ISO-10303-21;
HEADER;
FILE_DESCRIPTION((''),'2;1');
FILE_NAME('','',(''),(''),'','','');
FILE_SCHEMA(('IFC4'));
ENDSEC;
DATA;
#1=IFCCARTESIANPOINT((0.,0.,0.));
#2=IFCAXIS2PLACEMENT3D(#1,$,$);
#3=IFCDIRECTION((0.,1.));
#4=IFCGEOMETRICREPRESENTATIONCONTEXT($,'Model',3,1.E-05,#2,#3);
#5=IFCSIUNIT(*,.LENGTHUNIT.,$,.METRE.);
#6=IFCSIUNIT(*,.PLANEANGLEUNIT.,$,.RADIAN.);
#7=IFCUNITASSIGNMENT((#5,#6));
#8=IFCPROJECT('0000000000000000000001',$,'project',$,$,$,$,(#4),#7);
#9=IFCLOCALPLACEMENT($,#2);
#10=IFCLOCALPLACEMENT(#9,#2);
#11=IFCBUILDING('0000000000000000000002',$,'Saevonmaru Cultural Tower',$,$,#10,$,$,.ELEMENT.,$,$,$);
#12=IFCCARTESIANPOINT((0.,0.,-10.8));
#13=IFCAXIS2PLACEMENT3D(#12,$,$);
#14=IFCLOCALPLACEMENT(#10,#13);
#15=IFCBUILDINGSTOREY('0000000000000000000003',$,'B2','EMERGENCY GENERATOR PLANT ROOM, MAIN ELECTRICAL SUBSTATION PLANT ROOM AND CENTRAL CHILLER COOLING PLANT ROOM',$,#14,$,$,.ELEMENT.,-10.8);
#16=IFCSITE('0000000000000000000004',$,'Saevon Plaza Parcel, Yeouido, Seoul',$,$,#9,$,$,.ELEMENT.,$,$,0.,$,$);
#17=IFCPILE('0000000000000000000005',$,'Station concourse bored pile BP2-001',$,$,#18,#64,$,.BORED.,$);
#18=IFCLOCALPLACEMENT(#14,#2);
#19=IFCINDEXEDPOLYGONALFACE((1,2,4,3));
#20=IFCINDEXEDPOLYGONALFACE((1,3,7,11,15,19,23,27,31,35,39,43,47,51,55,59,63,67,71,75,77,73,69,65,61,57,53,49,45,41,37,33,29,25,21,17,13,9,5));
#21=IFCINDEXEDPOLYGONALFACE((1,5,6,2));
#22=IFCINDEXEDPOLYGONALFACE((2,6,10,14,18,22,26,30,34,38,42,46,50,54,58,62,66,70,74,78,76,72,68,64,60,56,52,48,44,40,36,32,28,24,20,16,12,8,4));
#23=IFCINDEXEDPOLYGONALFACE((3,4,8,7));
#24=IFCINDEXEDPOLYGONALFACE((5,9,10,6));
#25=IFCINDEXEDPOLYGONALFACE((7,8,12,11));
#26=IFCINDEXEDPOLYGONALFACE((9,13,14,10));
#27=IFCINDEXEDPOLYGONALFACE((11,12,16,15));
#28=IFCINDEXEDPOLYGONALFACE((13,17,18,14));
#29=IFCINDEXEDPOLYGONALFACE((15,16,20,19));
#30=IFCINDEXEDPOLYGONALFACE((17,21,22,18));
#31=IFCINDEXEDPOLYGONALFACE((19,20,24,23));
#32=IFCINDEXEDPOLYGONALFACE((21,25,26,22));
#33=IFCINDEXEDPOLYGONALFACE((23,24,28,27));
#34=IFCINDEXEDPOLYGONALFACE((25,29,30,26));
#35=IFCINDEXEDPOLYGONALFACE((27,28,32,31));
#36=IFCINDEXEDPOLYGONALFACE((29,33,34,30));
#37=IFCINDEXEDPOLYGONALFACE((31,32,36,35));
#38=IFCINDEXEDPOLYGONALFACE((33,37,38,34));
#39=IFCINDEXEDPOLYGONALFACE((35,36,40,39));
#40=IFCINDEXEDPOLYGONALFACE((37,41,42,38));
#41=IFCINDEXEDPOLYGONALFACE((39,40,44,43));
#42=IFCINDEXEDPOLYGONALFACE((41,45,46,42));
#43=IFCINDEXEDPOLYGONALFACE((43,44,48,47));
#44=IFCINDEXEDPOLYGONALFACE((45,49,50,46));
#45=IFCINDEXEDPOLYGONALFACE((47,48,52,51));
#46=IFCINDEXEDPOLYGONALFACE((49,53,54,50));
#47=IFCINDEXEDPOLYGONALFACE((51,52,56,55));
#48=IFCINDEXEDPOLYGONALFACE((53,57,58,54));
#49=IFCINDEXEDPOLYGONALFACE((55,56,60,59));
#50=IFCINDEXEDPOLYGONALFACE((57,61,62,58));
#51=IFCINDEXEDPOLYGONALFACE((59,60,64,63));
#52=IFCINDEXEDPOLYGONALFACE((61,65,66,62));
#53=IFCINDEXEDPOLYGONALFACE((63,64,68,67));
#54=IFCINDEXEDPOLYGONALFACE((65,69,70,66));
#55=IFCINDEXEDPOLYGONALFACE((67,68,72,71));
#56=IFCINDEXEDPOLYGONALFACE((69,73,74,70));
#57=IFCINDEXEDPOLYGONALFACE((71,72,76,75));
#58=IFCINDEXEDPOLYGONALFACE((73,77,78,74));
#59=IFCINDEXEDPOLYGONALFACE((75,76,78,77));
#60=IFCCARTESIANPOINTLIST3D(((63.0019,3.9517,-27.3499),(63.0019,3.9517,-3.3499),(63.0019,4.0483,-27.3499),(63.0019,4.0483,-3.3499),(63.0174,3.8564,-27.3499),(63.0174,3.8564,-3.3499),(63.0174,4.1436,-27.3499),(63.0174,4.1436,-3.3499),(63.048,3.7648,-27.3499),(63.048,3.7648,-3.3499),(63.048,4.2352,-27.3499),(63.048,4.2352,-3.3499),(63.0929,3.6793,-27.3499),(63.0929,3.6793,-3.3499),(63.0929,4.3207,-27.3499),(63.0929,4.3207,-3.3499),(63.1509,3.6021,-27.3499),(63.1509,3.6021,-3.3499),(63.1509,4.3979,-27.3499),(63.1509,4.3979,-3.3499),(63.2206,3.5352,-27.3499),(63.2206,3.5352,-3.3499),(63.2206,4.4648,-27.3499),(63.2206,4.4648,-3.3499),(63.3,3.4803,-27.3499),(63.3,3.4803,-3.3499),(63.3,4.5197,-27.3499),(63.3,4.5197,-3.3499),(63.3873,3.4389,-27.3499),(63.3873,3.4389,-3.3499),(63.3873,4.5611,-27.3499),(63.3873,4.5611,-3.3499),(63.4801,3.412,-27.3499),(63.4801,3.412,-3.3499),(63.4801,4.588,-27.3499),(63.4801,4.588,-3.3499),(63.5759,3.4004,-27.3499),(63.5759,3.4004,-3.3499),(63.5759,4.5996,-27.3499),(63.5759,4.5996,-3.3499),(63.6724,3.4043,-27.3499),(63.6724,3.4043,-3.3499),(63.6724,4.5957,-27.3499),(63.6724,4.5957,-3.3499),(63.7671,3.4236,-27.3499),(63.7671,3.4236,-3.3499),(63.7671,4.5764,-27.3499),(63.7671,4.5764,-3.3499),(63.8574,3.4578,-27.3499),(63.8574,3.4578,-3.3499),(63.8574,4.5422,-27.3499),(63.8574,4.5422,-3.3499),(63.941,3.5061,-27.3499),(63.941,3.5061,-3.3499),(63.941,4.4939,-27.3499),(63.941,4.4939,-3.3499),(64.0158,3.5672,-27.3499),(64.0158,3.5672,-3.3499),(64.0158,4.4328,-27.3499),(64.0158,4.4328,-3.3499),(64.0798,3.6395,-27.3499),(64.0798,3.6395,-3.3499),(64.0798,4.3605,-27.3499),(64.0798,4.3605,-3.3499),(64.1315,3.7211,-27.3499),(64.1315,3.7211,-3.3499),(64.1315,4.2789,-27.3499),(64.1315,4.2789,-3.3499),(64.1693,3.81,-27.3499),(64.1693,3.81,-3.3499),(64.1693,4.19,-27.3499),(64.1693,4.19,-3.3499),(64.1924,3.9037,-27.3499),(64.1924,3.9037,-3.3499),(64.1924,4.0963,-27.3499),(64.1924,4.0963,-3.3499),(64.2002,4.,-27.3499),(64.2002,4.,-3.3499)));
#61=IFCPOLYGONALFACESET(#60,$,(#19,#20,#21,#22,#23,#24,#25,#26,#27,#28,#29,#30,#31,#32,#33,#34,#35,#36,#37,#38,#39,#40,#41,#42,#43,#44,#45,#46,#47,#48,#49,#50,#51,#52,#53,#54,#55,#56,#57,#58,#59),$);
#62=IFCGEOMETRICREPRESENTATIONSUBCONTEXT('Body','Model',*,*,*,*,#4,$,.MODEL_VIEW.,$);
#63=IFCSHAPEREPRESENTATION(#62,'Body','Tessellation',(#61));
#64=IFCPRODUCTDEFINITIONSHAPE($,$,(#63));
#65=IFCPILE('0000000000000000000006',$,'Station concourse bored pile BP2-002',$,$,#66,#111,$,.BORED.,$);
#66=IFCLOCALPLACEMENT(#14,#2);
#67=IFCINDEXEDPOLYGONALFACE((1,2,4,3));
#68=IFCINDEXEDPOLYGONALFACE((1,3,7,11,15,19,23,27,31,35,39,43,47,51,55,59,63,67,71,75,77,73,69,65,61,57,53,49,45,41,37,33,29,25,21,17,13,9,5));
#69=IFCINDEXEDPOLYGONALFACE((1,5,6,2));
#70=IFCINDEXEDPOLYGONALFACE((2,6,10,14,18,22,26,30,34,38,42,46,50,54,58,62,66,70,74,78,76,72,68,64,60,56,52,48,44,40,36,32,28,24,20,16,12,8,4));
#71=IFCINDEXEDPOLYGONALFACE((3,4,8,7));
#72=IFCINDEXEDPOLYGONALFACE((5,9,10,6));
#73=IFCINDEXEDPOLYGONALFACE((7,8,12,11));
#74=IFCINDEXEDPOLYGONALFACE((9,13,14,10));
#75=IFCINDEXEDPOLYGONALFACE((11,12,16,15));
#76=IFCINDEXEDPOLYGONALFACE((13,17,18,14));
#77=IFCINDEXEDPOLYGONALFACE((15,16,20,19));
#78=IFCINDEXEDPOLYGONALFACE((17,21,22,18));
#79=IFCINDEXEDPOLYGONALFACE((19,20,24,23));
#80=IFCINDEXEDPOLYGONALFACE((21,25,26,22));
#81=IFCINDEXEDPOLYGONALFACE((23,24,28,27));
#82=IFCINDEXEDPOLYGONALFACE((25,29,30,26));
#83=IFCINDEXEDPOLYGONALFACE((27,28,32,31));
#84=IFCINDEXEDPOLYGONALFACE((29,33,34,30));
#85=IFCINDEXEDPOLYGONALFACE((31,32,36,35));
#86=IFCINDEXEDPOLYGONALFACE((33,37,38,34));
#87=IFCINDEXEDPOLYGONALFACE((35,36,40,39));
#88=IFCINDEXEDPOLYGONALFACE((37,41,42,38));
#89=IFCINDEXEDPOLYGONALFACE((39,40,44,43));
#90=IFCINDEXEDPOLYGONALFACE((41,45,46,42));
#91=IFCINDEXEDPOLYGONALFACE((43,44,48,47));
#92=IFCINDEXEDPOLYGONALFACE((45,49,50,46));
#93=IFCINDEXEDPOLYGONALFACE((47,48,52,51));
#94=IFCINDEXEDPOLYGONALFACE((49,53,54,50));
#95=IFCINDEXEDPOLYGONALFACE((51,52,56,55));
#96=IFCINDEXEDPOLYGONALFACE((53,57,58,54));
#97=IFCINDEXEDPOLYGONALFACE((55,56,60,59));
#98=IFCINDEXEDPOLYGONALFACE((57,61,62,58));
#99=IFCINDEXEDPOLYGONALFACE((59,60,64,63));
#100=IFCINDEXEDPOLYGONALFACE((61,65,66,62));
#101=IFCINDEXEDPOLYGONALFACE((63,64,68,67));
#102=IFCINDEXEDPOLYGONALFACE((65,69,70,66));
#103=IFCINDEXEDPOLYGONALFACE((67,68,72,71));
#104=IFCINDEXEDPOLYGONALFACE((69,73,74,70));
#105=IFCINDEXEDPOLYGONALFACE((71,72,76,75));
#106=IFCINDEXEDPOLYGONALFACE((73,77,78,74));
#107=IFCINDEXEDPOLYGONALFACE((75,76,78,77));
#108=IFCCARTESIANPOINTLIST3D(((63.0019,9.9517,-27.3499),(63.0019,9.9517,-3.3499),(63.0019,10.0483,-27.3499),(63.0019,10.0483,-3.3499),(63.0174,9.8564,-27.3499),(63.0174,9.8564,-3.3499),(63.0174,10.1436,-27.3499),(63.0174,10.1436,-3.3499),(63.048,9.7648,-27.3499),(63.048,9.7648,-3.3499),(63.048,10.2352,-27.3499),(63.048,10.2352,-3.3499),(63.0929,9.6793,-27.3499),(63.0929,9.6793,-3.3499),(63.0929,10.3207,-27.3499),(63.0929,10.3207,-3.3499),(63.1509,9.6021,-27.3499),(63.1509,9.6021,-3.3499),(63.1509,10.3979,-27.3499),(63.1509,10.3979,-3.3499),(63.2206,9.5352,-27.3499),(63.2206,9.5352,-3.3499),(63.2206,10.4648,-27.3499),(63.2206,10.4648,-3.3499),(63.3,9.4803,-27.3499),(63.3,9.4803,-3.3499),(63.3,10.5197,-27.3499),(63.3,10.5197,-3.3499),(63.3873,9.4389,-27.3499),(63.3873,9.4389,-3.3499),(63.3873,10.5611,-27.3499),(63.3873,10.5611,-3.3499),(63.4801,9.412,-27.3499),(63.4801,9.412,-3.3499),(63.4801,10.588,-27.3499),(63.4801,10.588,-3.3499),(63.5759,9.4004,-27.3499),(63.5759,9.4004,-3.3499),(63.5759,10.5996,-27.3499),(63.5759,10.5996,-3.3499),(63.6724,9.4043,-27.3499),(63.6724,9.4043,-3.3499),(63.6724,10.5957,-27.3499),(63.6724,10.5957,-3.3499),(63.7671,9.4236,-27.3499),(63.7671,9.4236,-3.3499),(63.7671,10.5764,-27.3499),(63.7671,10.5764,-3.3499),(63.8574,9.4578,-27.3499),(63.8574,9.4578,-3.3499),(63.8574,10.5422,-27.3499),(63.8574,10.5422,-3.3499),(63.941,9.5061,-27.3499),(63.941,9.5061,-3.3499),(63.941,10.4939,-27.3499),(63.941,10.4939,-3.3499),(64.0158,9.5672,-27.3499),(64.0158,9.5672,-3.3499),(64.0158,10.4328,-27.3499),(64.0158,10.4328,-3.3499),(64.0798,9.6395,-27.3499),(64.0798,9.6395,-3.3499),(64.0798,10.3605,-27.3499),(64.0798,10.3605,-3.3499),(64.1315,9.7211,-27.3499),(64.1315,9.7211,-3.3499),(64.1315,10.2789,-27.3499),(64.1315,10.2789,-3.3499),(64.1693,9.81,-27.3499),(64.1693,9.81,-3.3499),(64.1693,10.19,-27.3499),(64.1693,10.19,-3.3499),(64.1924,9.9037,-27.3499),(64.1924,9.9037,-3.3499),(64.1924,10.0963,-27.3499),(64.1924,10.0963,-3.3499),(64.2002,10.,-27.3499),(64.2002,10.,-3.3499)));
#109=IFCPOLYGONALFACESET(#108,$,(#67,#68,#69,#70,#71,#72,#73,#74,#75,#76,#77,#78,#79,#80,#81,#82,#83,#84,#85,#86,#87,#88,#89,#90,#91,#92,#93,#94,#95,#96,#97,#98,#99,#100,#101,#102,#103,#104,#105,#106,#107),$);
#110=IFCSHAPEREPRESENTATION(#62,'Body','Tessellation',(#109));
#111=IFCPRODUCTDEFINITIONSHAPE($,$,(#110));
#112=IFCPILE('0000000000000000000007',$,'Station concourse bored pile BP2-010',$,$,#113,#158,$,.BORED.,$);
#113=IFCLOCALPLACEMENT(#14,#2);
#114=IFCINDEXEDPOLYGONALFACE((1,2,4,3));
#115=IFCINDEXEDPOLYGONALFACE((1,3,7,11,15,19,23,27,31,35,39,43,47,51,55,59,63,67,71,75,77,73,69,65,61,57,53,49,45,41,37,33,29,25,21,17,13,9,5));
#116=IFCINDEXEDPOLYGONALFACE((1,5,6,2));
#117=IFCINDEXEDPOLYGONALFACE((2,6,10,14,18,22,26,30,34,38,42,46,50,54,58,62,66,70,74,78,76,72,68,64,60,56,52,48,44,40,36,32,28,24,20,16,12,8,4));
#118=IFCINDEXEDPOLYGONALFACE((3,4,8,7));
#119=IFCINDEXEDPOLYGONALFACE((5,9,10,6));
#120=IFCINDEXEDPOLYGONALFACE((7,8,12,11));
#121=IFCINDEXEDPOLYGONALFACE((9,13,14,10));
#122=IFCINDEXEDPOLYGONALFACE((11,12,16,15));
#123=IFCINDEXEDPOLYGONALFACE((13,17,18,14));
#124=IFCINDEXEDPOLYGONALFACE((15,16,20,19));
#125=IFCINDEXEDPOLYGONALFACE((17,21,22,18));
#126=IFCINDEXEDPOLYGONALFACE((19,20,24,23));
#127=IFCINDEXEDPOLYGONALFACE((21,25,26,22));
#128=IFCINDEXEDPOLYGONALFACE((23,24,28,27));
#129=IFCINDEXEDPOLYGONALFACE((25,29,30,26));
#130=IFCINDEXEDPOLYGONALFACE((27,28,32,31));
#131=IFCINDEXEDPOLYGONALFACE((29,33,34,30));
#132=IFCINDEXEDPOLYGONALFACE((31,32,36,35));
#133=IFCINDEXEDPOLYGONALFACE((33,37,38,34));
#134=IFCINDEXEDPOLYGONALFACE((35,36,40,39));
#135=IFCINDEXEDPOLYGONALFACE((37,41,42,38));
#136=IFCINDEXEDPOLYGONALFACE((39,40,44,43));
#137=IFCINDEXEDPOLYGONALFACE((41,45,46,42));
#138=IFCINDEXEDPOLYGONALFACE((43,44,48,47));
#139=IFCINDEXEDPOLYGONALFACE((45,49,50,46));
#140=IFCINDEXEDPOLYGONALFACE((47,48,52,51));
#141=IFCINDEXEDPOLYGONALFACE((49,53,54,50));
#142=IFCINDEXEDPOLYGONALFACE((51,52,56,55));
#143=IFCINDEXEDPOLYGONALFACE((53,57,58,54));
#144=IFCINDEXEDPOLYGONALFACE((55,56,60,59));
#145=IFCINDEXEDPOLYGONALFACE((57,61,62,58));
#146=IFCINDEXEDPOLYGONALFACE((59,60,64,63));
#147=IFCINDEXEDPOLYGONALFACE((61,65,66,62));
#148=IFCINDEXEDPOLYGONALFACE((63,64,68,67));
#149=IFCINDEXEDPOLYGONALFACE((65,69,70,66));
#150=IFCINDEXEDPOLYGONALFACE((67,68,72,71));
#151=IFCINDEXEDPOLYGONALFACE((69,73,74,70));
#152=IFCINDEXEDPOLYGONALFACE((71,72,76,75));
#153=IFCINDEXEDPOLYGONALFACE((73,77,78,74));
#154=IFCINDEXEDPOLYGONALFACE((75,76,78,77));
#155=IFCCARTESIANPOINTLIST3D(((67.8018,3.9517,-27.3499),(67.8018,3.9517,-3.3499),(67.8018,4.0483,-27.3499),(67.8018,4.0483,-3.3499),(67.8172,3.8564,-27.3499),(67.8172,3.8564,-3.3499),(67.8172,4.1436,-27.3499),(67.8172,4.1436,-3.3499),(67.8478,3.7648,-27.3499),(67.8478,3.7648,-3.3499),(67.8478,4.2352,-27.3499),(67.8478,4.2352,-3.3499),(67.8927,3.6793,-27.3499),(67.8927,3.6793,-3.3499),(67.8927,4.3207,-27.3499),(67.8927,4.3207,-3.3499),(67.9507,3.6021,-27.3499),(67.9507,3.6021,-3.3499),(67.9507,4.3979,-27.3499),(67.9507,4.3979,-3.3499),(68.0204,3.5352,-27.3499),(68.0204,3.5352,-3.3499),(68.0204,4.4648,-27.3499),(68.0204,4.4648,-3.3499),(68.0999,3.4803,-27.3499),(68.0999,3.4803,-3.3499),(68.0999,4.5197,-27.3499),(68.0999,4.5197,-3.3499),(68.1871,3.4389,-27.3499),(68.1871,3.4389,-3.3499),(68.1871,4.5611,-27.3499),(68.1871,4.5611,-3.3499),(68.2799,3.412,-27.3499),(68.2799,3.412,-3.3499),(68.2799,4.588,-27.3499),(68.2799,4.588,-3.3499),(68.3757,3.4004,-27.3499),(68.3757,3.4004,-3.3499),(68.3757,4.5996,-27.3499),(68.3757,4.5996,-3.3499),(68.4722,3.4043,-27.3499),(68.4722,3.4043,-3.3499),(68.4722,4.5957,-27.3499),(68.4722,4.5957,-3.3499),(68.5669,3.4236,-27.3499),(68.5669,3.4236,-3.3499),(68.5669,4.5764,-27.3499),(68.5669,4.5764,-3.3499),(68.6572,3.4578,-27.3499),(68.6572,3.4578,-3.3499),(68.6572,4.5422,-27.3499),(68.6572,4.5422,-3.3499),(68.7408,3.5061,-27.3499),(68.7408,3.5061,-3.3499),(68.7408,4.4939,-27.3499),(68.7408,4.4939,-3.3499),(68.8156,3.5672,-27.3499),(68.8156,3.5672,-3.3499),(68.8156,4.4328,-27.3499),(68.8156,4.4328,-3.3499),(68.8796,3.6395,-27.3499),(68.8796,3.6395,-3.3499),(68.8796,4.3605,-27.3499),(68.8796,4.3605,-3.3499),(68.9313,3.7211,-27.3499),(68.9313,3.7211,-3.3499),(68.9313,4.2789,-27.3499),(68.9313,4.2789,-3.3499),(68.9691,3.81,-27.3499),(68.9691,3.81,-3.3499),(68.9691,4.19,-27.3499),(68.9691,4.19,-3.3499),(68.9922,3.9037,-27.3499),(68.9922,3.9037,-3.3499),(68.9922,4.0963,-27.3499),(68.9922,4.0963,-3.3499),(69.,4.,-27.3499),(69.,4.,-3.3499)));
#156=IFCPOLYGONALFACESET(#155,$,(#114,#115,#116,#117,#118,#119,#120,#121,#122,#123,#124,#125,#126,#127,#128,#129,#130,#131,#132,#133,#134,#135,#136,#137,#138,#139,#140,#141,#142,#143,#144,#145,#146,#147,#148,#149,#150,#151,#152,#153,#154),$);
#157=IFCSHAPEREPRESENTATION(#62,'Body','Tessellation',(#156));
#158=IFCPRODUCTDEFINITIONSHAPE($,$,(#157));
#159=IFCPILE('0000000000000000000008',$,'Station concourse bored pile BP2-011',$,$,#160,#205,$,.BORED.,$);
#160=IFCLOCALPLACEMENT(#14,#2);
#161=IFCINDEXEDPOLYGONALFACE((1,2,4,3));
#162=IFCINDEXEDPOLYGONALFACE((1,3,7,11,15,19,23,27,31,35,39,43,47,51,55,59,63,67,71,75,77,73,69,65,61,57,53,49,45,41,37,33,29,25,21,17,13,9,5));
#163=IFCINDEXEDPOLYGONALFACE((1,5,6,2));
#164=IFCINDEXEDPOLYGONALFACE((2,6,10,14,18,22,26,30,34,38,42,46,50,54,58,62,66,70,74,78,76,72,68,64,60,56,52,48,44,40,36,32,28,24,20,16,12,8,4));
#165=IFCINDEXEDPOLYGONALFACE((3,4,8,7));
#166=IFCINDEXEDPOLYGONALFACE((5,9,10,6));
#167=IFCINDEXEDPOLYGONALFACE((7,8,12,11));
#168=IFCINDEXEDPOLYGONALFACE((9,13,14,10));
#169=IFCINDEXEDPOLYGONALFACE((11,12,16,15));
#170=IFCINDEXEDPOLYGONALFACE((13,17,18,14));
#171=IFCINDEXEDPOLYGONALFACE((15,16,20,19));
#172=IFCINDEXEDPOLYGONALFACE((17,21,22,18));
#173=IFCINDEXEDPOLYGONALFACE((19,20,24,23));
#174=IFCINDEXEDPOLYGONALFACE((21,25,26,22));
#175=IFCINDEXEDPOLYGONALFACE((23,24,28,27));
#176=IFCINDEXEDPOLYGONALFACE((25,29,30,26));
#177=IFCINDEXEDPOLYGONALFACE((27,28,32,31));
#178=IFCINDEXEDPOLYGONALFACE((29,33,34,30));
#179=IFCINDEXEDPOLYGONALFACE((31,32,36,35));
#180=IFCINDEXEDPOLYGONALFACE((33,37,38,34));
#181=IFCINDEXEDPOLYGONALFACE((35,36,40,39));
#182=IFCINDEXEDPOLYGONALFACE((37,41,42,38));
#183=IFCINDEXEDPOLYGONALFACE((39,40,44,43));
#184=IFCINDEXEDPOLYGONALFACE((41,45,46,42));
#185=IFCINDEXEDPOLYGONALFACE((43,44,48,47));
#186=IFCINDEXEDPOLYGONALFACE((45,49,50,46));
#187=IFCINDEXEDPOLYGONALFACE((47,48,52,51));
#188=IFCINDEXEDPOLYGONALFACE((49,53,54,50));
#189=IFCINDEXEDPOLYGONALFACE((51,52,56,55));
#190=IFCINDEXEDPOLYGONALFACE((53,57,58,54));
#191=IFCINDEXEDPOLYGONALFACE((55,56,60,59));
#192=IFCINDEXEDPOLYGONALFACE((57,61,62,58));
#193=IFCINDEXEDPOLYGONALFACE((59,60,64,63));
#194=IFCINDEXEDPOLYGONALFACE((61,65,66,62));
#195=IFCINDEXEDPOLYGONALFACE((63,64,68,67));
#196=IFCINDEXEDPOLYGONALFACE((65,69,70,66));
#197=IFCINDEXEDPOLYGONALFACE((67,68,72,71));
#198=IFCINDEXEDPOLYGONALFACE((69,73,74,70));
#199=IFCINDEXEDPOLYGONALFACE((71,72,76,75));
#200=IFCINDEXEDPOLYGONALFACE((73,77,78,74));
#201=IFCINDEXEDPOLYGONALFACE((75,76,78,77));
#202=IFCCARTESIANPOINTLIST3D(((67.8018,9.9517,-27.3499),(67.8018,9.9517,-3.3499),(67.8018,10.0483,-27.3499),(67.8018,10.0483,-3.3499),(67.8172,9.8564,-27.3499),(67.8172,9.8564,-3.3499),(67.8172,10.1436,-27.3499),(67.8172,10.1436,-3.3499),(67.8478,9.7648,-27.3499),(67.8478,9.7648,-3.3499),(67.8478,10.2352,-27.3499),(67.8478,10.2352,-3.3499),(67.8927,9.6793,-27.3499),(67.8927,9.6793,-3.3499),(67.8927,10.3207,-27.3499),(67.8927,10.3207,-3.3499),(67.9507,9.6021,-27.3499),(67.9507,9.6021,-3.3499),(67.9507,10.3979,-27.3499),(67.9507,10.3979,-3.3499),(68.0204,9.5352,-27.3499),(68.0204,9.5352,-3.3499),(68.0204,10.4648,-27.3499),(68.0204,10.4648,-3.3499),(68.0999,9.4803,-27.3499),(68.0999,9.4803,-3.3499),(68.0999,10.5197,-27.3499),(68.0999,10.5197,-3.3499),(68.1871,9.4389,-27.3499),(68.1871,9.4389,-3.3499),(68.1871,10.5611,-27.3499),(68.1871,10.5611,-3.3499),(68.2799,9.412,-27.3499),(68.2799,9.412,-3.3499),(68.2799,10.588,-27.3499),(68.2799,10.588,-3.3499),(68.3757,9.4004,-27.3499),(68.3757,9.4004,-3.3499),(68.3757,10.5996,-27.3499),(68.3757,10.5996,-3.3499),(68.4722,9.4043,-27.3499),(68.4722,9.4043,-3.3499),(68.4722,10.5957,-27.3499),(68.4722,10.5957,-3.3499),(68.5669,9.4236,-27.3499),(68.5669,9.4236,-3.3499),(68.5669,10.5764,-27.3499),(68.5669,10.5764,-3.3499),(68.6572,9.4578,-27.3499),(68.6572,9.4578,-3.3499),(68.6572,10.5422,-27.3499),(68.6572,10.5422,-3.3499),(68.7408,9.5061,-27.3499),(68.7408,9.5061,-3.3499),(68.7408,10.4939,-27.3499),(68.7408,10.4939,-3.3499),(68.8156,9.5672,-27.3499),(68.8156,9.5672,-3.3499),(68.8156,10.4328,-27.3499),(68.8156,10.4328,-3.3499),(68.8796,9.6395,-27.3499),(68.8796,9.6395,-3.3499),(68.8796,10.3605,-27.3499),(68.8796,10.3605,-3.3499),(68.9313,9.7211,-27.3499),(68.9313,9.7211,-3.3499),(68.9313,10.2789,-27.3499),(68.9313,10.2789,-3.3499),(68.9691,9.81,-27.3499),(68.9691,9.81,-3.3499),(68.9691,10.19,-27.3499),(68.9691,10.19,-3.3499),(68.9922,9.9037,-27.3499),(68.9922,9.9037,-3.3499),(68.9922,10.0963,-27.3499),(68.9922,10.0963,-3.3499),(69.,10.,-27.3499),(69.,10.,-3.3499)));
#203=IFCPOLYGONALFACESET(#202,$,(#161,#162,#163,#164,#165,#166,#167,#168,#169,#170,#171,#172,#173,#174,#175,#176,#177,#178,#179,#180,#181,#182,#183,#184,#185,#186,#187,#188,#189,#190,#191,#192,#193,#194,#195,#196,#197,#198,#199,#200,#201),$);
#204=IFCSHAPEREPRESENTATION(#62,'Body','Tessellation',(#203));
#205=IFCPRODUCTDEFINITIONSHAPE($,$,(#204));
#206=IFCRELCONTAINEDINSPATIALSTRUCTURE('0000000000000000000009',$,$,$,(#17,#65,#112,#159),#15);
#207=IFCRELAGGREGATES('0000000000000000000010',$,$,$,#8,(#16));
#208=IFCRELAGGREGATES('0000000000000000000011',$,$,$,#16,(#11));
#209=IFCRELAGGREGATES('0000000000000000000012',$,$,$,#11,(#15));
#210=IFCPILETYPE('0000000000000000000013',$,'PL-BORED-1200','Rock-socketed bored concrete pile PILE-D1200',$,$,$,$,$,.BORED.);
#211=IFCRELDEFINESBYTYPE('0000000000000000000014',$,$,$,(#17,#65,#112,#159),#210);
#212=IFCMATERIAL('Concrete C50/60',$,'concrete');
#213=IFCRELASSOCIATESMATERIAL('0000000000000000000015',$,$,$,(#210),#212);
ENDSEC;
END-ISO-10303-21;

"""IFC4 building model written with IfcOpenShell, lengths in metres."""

from ifc_helpers import new_model, si_unit, direction, frame, origin, origin_2d, place, context, subcontext, project, spatial, circle, extrude, material, material_profile, profile_set, type_object, element, save


model = new_model("IFC4")

# Units and contexts
model_context = context("Model", 3, precision=1e-05, world=origin(), true_north=direction((0.0, 1.0)))
body_context = subcontext(model_context, "Body", "Model", "MODEL_VIEW")
ifc_project = project(units=[si_unit("LENGTHUNIT", "METRE"), si_unit("PLANEANGLEUNIT", "RADIAN")], contexts=[model_context])

# Site, building, storey
site_placement = place(None, origin())
site = spatial("IfcSite", under=ifc_project, at=site_placement, Name="Saevon Plaza Parcel, Yeouido, Seoul", CompositionType="ELEMENT", RefElevation=0.0)
building_placement = place(site_placement, origin())
building = spatial("IfcBuilding", under=site, at=building_placement, Name="Saevonmaru Cultural Tower", CompositionType="ELEMENT")
storey_placement = place(building_placement, frame((0.0, 0.0, -10.8)))
storey = spatial("IfcBuildingStorey", under=building, at=storey_placement, Name="B2", Description="EMERGENCY GENERATOR PLANT ROOM, MAIN ELECTRICAL SUBSTATION PLANT ROOM AND CENTRAL CHILLER COOLING PLANT ROOM", CompositionType="ELEMENT", Elevation=-10.8)

# Shared definitions
ifc_material_1 = material(Name="Concrete C50/60", Category="concrete")

# Piles
ifc_material_profile_1 = material_profile(ifc_material_1, circle(Radius=0.6001, at=origin_2d()), Name="PILE-D1200")
ifc_profile_set_1 = profile_set([ifc_material_profile_1], Name="Concrete C50/60")
pile_type_1 = type_object("IfcPileType", Name="PL-BORED-1200", Description="Rock-socketed bored concrete pile PILE-D1200", PredefinedType="BORED", material=ifc_profile_set_1)
for number, where, z_axis, x_axis, name in (
    (1, (63.6001, 4.0, -3.3499), (0.0, 0.0, -1.0), (1.0, 0.0, 0.0), "Station concourse bored pile BP2-001"),
    (2, (63.6001, 10.0, -3.3499), (0.0, 0.0, -1.0), (1.0, 0.0, 0.0), "Station concourse bored pile BP2-002"),
    (3, (68.3999, 4.0, -3.3499), (0.0, 0.0, -1.0), (1.0, 0.0, 0.0), "Station concourse bored pile BP2-010"),
    (4, (68.3999, 10.0, -3.3499), (0.0, 0.0, -1.0), (1.0, 0.0, 0.0), "Station concourse bored pile BP2-011"),
):
    element("IfcPile", number, at=place(storey_placement, frame(where, z_axis=z_axis, x_axis=x_axis)), inside=storey, type_object=pile_type_1, Name=name, PredefinedType="BORED", context=body_context, shape_type="SweptSolid", body=[
        extrude(circle(Radius=0.6001, at=origin_2d()), origin(), (0.0, 0.0, 1.0), 24.0),
    ])

save(model, "model.ifc")
